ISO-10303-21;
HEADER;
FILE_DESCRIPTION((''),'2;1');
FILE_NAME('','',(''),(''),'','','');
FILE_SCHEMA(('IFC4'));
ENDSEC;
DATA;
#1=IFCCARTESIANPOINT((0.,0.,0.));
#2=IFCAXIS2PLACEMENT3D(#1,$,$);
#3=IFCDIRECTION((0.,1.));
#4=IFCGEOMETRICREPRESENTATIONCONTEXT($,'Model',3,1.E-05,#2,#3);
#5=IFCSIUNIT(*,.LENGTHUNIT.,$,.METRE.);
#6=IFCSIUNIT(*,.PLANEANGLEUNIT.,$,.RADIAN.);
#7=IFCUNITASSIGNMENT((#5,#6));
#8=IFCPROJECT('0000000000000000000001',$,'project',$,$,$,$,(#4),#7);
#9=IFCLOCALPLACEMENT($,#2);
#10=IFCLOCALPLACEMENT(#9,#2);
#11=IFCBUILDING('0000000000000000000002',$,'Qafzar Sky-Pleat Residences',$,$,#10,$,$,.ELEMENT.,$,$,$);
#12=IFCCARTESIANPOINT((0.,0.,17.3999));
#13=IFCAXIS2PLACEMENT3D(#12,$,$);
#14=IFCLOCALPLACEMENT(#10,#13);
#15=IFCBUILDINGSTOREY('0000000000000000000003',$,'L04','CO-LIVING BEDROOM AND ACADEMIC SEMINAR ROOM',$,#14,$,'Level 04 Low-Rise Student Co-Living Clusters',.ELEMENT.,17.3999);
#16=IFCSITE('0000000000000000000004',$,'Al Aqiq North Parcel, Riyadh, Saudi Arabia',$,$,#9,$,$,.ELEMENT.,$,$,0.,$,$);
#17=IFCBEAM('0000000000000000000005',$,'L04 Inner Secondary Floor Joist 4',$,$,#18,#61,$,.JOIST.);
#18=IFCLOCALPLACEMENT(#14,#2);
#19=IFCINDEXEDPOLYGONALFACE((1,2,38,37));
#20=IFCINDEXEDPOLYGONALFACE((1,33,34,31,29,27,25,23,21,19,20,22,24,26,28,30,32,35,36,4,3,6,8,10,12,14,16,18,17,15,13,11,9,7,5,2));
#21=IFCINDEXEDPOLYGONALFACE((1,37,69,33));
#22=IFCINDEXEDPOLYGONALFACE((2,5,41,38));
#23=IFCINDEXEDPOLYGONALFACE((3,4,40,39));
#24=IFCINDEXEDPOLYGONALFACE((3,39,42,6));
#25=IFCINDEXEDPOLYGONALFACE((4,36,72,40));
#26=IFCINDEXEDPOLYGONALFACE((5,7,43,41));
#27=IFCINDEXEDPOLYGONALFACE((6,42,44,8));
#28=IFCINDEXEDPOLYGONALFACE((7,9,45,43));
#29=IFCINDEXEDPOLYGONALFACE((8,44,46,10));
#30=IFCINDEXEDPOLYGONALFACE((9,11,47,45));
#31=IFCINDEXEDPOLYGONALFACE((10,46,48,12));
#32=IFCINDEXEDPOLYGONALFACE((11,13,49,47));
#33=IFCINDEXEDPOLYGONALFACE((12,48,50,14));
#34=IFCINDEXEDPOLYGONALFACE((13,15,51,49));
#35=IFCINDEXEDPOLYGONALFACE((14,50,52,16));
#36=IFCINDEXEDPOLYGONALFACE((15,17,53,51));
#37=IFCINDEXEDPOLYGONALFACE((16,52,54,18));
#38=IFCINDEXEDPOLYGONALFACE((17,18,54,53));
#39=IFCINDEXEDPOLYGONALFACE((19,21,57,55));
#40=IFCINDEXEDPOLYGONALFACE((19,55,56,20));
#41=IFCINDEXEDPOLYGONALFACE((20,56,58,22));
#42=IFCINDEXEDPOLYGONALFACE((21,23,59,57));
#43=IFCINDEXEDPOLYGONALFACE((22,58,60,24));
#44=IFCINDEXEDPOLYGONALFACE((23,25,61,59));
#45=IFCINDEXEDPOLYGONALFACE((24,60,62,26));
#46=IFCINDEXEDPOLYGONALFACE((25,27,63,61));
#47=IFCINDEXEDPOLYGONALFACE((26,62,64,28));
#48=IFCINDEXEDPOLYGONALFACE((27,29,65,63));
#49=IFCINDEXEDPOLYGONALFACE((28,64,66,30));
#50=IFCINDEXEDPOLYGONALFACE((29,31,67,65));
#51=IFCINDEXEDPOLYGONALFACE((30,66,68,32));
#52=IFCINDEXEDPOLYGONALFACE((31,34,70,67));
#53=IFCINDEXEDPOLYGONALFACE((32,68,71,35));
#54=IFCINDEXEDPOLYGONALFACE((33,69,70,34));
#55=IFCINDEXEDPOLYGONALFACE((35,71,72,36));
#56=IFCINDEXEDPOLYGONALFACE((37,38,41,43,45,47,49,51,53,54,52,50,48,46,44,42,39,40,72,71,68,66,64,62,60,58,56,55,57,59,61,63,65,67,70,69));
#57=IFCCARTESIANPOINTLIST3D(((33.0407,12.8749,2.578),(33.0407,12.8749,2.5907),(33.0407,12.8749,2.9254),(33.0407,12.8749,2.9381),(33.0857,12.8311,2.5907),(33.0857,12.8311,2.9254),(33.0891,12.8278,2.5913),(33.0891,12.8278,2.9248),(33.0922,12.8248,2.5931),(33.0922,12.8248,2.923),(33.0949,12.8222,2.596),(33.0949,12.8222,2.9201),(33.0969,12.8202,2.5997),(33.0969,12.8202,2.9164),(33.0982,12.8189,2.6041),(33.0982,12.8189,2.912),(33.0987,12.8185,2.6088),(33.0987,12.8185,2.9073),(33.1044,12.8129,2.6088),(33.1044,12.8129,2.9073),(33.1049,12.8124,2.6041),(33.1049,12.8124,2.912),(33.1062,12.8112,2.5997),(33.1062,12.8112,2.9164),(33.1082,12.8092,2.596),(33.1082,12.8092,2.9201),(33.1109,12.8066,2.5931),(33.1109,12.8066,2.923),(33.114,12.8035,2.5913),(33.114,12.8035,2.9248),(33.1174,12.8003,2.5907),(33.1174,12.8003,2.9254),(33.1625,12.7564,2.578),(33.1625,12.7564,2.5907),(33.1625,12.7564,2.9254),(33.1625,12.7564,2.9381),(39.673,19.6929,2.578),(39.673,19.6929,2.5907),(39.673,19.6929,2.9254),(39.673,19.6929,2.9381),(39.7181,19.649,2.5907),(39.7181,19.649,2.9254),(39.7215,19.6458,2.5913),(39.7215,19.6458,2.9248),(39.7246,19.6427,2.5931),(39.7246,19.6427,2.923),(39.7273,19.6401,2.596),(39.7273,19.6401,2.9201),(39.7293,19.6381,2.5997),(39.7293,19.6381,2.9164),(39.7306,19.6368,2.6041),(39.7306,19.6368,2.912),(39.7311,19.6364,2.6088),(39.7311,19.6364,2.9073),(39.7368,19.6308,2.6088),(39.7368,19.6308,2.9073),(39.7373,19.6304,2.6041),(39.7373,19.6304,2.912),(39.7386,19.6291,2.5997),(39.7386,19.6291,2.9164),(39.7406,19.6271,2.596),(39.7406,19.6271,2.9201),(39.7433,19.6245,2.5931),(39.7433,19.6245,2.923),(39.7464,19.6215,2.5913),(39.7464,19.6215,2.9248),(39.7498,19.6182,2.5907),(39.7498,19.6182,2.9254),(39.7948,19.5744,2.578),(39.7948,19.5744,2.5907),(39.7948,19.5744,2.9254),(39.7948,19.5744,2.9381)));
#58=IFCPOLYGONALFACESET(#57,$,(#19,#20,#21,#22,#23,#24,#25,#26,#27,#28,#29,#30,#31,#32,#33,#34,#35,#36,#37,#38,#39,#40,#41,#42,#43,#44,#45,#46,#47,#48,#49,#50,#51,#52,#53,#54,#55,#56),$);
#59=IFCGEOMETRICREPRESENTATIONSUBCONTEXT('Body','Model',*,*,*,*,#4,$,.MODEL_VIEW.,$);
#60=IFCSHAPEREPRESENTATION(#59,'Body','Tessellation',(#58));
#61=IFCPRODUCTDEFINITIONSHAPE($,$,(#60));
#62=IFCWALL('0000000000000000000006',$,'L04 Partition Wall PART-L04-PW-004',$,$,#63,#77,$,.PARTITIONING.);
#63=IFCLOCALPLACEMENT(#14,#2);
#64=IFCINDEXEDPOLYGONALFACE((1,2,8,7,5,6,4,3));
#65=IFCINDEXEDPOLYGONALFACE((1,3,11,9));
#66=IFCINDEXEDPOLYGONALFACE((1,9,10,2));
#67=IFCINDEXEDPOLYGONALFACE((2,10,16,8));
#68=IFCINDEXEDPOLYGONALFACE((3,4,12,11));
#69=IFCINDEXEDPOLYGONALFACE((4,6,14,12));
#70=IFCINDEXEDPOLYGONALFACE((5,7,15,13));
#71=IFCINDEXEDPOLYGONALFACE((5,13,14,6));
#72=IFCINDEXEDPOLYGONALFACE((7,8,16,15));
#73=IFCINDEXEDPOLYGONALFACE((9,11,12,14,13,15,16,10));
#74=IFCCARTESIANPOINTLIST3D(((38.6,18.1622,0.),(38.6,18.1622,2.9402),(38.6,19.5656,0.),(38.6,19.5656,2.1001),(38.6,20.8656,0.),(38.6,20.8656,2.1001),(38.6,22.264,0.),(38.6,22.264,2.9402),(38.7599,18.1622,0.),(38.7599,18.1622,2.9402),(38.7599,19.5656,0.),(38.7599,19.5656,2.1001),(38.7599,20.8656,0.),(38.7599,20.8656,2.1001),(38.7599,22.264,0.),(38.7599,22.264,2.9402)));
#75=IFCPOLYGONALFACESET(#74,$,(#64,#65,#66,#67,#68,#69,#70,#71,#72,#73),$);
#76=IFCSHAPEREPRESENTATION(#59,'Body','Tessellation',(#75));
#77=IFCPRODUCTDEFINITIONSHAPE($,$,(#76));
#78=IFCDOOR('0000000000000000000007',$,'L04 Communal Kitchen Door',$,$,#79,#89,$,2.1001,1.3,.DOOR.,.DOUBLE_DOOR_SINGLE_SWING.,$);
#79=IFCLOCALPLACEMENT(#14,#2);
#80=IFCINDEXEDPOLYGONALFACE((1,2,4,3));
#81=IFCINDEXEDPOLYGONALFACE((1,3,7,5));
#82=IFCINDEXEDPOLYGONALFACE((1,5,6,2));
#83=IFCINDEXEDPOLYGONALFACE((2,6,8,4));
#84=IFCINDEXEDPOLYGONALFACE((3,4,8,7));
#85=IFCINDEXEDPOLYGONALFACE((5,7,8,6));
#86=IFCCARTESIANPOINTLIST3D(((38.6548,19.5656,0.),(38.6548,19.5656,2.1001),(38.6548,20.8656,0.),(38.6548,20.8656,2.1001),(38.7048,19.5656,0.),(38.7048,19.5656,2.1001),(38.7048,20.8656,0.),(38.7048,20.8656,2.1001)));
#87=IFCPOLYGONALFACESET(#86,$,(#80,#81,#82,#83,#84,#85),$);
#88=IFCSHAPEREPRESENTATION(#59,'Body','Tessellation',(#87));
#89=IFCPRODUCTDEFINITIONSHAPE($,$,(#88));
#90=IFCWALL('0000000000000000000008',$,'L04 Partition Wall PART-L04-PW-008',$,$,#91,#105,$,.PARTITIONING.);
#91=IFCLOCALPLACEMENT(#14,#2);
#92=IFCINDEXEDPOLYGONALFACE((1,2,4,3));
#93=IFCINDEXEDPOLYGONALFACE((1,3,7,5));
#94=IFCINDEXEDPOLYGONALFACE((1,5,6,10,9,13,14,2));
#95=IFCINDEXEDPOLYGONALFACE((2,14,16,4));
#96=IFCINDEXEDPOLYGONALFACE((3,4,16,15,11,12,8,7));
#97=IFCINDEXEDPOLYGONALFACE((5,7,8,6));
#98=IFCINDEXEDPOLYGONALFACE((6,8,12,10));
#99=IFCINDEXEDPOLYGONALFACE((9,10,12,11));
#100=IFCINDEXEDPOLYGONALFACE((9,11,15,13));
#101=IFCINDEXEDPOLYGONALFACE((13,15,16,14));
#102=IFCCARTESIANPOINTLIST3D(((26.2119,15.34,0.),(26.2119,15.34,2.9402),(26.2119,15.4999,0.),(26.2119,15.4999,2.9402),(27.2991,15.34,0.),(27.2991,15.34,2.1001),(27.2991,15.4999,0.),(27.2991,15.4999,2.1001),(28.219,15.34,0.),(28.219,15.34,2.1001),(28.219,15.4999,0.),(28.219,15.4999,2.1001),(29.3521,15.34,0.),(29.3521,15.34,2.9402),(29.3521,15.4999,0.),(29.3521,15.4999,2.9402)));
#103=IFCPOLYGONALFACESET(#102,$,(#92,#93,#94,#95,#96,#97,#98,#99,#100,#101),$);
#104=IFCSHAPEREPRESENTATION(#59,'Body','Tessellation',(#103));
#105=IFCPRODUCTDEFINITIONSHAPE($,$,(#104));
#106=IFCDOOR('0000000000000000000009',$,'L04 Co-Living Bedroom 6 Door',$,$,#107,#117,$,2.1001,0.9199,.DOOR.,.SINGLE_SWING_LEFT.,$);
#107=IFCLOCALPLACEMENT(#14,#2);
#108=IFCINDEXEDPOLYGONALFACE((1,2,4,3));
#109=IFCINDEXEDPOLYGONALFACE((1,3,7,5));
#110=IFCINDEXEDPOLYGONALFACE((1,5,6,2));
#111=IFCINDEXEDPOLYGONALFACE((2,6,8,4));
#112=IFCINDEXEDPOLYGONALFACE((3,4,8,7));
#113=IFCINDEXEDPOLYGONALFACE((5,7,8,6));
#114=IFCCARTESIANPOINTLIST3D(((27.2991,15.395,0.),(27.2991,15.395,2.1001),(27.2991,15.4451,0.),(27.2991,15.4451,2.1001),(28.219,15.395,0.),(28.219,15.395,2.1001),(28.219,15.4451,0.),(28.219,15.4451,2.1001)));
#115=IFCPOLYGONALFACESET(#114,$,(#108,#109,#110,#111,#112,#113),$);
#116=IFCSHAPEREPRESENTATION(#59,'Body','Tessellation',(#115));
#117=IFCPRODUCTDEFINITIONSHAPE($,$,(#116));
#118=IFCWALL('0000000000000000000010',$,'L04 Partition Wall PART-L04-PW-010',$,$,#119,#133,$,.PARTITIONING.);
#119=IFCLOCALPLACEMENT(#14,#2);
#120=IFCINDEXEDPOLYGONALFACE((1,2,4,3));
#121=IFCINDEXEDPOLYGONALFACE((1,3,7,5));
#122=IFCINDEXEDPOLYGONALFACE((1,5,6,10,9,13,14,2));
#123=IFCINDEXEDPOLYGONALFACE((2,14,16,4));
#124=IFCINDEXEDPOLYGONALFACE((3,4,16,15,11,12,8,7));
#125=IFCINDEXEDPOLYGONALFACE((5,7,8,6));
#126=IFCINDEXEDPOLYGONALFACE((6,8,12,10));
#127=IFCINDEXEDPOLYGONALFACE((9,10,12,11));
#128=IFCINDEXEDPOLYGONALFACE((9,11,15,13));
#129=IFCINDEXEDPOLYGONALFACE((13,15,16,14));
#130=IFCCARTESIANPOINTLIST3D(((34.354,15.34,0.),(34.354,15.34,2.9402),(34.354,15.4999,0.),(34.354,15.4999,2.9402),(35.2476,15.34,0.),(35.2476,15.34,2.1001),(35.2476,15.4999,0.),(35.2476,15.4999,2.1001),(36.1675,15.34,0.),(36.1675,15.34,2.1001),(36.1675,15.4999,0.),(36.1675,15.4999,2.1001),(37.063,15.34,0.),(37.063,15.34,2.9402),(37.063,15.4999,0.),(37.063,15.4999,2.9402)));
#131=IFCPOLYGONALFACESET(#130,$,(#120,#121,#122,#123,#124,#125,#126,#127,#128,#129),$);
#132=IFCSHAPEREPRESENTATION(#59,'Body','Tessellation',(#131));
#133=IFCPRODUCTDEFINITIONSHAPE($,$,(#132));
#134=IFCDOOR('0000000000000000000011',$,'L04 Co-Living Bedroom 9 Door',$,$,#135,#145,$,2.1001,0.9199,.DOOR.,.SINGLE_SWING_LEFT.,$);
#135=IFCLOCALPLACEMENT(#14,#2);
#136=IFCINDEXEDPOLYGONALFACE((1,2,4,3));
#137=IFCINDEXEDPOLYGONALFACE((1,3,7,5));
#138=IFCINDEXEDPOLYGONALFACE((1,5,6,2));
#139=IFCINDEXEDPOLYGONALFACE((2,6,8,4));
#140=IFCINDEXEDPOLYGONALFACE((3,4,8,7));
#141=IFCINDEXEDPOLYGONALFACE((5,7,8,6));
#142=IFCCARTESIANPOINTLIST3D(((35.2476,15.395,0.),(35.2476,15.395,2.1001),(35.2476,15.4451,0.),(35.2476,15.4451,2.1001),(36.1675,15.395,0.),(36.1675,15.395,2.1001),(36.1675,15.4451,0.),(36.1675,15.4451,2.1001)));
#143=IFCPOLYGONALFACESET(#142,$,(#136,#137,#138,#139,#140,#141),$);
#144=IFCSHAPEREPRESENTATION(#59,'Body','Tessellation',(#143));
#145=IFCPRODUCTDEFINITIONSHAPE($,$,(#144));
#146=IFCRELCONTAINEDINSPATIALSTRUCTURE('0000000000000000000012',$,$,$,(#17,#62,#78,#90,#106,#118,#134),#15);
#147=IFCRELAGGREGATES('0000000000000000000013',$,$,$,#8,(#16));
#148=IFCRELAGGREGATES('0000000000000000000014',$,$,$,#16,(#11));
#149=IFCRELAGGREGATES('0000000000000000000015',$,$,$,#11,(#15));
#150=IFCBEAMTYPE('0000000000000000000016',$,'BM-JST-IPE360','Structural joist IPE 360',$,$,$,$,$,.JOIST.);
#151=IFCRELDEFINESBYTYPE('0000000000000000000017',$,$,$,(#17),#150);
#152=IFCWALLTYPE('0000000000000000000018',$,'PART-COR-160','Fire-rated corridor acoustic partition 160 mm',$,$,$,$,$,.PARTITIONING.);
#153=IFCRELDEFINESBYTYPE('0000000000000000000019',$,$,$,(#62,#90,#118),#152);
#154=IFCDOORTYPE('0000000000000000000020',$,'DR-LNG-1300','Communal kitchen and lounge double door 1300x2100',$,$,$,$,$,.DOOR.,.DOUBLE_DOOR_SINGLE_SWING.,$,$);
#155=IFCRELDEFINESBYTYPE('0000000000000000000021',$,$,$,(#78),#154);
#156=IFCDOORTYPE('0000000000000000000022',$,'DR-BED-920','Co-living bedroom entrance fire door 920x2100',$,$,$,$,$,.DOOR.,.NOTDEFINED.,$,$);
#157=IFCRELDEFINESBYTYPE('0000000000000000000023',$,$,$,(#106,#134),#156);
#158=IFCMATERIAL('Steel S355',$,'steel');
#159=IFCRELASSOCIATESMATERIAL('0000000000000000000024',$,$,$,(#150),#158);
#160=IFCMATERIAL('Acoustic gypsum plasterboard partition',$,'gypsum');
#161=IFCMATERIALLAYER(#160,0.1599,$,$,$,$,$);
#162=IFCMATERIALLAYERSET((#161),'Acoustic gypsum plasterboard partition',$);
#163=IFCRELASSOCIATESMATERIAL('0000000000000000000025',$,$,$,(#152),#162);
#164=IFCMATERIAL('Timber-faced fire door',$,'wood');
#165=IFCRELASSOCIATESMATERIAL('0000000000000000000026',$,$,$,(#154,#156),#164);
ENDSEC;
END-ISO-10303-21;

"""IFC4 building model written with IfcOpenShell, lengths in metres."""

from ifc_helpers import new_model, si_unit, direction, frame, frame_2d, origin, origin_2d, place, context, subcontext, project, spatial, rectangle, i_section, extrude, source, transform, mapped, material, layer, layer_set, material_profile, profile_set, type_object, element, fill, save


model = new_model("IFC4")

# Units and contexts
model_context = context("Model", 3, precision=1e-05, world=origin(), true_north=direction((0.0, 1.0)))
body_context = subcontext(model_context, "Body", "Model", "MODEL_VIEW")
ifc_project = project(units=[si_unit("LENGTHUNIT", "METRE"), si_unit("PLANEANGLEUNIT", "RADIAN")], contexts=[model_context])

# Site, building, storey
site_placement = place(None, origin())
site = spatial("IfcSite", under=ifc_project, at=site_placement, Name="Al Aqiq North Parcel, Riyadh, Saudi Arabia", CompositionType="ELEMENT", RefElevation=0.0)
building_placement = place(site_placement, origin())
building = spatial("IfcBuilding", under=site, at=building_placement, Name="Qafzar Sky-Pleat Residences", CompositionType="ELEMENT")
storey_placement = place(building_placement, frame((0.0, 0.0, 17.3999)))
storey = spatial("IfcBuildingStorey", under=building, at=storey_placement, Name="L04", Description="CO-LIVING BEDROOM AND ACADEMIC SEMINAR ROOM", LongName="Level 04 Low-Rise Student Co-Living Clusters", CompositionType="ELEMENT", Elevation=17.3999)

# Beam
ifc_material_1 = material(Name="Steel S355", Category="steel")
ifc_material_profile = material_profile(ifc_material_1, i_section(OverallWidth=0.1699, OverallDepth=0.3601, WebThickness=0.0081, FlangeThickness=0.0127, FilletRadius=0.0181, at=origin_2d()), Name="IPE 360")
ifc_profile_set = profile_set([ifc_material_profile], Name="Steel S355")
beam_type = type_object("IfcBeamType", Name="BM-JST-IPE360", Description="Structural joist IPE 360", PredefinedType="JOIST", material=ifc_profile_set)
shared_shape_1 = source(origin(), body_context, "Body", "SweptSolid", [
    extrude(i_section(OverallWidth=0.1699, OverallDepth=0.3601, WebThickness=0.0081, FlangeThickness=0.0127, FilletRadius=0.0181, at=origin_2d()), origin(), (0.0, 0.0, 1.0), 9.5117),
])
beam_placement = place(storey_placement, frame((33.1016, 12.8157, 2.7581), z_axis=(0.697286, 0.716793, 0.0), x_axis=(-0.716793, 0.697286, 0.0)))
element("IfcBeam", 1, at=beam_placement, inside=storey, type_object=beam_type, Name="L04 Inner Secondary Floor Joist 4", PredefinedType="JOIST", context=body_context, shape_type="MappedRepresentation", body=[
    mapped(shared_shape_1, transform((0.0, 0.0, 0.0), x_axis=(1.0, 0.0, 0.0), y_axis=(0.0, 1.0, 0.0), z_axis=(0.0, 0.0, 1.0), scale=1.0)),
])

# Walls, openings, doors
ifc_material_2 = material(Name="Acoustic gypsum plasterboard partition", Category="gypsum")
ifc_layer_1 = layer(ifc_material_2, 0.1599)
ifc_layer_set_1 = layer_set([ifc_layer_1], Name="Acoustic gypsum plasterboard partition")
wall_type_1 = type_object("IfcWallType", Name="PART-COR-160", Description="Fire-rated corridor acoustic partition 160 mm", PredefinedType="PARTITIONING", material=ifc_layer_set_1)
wall_1_placement = place(storey_placement, frame((38.6799, 22.2639, 0.0), z_axis=(0.0, 0.0, 1.0), x_axis=(0.0, -1.0, 0.0)))
wall_1 = element("IfcWall", 2, at=wall_1_placement, inside=storey, type_object=wall_type_1, Name="L04 Partition Wall PART-L04-PW-004", PredefinedType="PARTITIONING", context=body_context, shape_type="SweptSolid", body=[
    extrude(rectangle(XDim=4.1018, YDim=0.1599, at=frame_2d((2.0508, 0.0))), origin(), (0.0, 0.0, 1.0), 2.9402),
])
opening_1_placement = place(wall_1_placement, frame((1.3984, 0.0, 0.0)))
opening_1 = element("IfcOpeningElement", 3, at=opening_1_placement, cuts=wall_1, PredefinedType="OPENING", context=body_context, shape_type="SweptSolid", body=[
    extrude(rectangle(XDim=1.3, YDim=2.1001, at=frame_2d((0.6499, 1.05))), frame((0.0, 0.0898, 0.0), z_axis=(0.0, -1.0, 0.0), x_axis=(1.0, 0.0, 0.0)), (0.0, 0.0, 1.0), 0.1799),
])
ifc_material_3 = material(Name="Timber-faced fire door", Category="wood")
door_type_1 = type_object("IfcDoorType", Name="DR-LNG-1300", Description="Communal kitchen and lounge double door 1300x2100", OperationType="DOUBLE_DOOR_SINGLE_SWING", PredefinedType="DOOR", material=ifc_material_3)
shared_shape_2 = source(origin(), body_context, "Body", "SweptSolid", [
    extrude(rectangle(XDim=1.3, YDim=2.1001, at=frame_2d((0.6499, 1.05))), frame((0.0, 0.0249, 0.0), z_axis=(0.0, -1.0, 0.0), x_axis=(1.0, 0.0, 0.0)), (0.0, 0.0, 1.0), 0.05),
])
door_1_placement = place(opening_1_placement, origin())
door_1 = element("IfcDoor", 4, at=door_1_placement, inside=storey, type_object=door_type_1, Name="L04 Communal Kitchen Door", OperationType="DOUBLE_DOOR_SINGLE_SWING", OverallHeight=2.1001, OverallWidth=1.3, PredefinedType="DOOR", context=body_context, shape_type="MappedRepresentation", body=[
    mapped(shared_shape_2, transform((0.0, 0.0, 0.0), x_axis=(1.0, 0.0, 0.0), y_axis=(0.0, 1.0, 0.0), z_axis=(0.0, 0.0, 1.0), scale=1.0)),
])
fill(opening_1, door_1)
wall_2_placement = place(storey_placement, frame((29.3521, 15.4199, 0.0), z_axis=(0.0, 0.0, 1.0), x_axis=(-1.0, 0.0, 0.0)))
wall_2 = element("IfcWall", 5, at=wall_2_placement, inside=storey, type_object=wall_type_1, Name="L04 Partition Wall PART-L04-PW-008", PredefinedType="PARTITIONING", context=body_context, shape_type="SweptSolid", body=[
    extrude(rectangle(XDim=3.1401, YDim=0.1599, at=frame_2d((1.5701, 0.0))), origin(), (0.0, 0.0, 1.0), 2.9402),
])
opening_2_placement = place(wall_2_placement, frame((1.1331, 0.0, 0.0)))
opening_2 = element("IfcOpeningElement", 6, at=opening_2_placement, cuts=wall_2, PredefinedType="OPENING", context=body_context, shape_type="SweptSolid", body=[
    extrude(rectangle(XDim=0.9199, YDim=2.1001, at=frame_2d((0.46, 1.05))), frame((0.0, 0.0898, 0.0), z_axis=(0.0, -1.0, 0.0), x_axis=(1.0, 0.0, 0.0)), (0.0, 0.0, 1.0), 0.1799),
])
door_type_2 = type_object("IfcDoorType", Name="DR-BED-920", Description="Co-living bedroom entrance fire door 920x2100", OperationType="NOTDEFINED", PredefinedType="DOOR", material=ifc_material_3)
shared_shape_3 = source(origin(), body_context, "Body", "SweptSolid", [
    extrude(rectangle(XDim=0.9199, YDim=2.1001, at=frame_2d((0.46, 1.05))), frame((0.0, 0.0249, 0.0), z_axis=(0.0, -1.0, 0.0), x_axis=(1.0, 0.0, 0.0)), (0.0, 0.0, 1.0), 0.05),
])
door_2_placement = place(opening_2_placement, origin())
door_2 = element("IfcDoor", 7, at=door_2_placement, inside=storey, type_object=door_type_2, Name="L04 Co-Living Bedroom 6 Door", OperationType="SINGLE_SWING_LEFT", OverallHeight=2.1001, OverallWidth=0.9199, PredefinedType="DOOR", context=body_context, shape_type="MappedRepresentation", body=[
    mapped(shared_shape_3, transform((0.0, 0.0, 0.0), x_axis=(1.0, 0.0, 0.0), y_axis=(0.0, 1.0, 0.0), z_axis=(0.0, 0.0, 1.0), scale=1.0)),
])
fill(opening_2, door_2)
wall_3_placement = place(storey_placement, frame((37.063, 15.4199, 0.0), z_axis=(0.0, 0.0, 1.0), x_axis=(-1.0, 0.0, 0.0)))
wall_3 = element("IfcWall", 8, at=wall_3_placement, inside=storey, type_object=wall_type_1, Name="L04 Partition Wall PART-L04-PW-010", PredefinedType="PARTITIONING", context=body_context, shape_type="SweptSolid", body=[
    extrude(rectangle(XDim=2.709, YDim=0.1599, at=frame_2d((1.3545, 0.0))), origin(), (0.0, 0.0, 1.0), 2.9402),
])
opening_3_placement = place(wall_3_placement, frame((0.8955, 0.0, 0.0)))
opening_3 = element("IfcOpeningElement", 9, at=opening_3_placement, cuts=wall_3, PredefinedType="OPENING", context=body_context, shape_type="SweptSolid", body=[
    extrude(rectangle(XDim=0.9199, YDim=2.1001, at=frame_2d((0.46, 1.05))), frame((0.0, 0.0898, 0.0), z_axis=(0.0, -1.0, 0.0), x_axis=(1.0, 0.0, 0.0)), (0.0, 0.0, 1.0), 0.1799),
])
door_3_placement = place(opening_3_placement, origin())
door_3 = element("IfcDoor", 10, at=door_3_placement, inside=storey, type_object=door_type_2, Name="L04 Co-Living Bedroom 9 Door", OperationType="SINGLE_SWING_LEFT", OverallHeight=2.1001, OverallWidth=0.9199, PredefinedType="DOOR", context=body_context, shape_type="MappedRepresentation", body=[
    mapped(shared_shape_3, transform((0.0, 0.0, 0.0), x_axis=(1.0, 0.0, 0.0), y_axis=(0.0, 1.0, 0.0), z_axis=(0.0, 0.0, 1.0), scale=1.0)),
])
fill(opening_3, door_3)

save(model, "model.ifc")
